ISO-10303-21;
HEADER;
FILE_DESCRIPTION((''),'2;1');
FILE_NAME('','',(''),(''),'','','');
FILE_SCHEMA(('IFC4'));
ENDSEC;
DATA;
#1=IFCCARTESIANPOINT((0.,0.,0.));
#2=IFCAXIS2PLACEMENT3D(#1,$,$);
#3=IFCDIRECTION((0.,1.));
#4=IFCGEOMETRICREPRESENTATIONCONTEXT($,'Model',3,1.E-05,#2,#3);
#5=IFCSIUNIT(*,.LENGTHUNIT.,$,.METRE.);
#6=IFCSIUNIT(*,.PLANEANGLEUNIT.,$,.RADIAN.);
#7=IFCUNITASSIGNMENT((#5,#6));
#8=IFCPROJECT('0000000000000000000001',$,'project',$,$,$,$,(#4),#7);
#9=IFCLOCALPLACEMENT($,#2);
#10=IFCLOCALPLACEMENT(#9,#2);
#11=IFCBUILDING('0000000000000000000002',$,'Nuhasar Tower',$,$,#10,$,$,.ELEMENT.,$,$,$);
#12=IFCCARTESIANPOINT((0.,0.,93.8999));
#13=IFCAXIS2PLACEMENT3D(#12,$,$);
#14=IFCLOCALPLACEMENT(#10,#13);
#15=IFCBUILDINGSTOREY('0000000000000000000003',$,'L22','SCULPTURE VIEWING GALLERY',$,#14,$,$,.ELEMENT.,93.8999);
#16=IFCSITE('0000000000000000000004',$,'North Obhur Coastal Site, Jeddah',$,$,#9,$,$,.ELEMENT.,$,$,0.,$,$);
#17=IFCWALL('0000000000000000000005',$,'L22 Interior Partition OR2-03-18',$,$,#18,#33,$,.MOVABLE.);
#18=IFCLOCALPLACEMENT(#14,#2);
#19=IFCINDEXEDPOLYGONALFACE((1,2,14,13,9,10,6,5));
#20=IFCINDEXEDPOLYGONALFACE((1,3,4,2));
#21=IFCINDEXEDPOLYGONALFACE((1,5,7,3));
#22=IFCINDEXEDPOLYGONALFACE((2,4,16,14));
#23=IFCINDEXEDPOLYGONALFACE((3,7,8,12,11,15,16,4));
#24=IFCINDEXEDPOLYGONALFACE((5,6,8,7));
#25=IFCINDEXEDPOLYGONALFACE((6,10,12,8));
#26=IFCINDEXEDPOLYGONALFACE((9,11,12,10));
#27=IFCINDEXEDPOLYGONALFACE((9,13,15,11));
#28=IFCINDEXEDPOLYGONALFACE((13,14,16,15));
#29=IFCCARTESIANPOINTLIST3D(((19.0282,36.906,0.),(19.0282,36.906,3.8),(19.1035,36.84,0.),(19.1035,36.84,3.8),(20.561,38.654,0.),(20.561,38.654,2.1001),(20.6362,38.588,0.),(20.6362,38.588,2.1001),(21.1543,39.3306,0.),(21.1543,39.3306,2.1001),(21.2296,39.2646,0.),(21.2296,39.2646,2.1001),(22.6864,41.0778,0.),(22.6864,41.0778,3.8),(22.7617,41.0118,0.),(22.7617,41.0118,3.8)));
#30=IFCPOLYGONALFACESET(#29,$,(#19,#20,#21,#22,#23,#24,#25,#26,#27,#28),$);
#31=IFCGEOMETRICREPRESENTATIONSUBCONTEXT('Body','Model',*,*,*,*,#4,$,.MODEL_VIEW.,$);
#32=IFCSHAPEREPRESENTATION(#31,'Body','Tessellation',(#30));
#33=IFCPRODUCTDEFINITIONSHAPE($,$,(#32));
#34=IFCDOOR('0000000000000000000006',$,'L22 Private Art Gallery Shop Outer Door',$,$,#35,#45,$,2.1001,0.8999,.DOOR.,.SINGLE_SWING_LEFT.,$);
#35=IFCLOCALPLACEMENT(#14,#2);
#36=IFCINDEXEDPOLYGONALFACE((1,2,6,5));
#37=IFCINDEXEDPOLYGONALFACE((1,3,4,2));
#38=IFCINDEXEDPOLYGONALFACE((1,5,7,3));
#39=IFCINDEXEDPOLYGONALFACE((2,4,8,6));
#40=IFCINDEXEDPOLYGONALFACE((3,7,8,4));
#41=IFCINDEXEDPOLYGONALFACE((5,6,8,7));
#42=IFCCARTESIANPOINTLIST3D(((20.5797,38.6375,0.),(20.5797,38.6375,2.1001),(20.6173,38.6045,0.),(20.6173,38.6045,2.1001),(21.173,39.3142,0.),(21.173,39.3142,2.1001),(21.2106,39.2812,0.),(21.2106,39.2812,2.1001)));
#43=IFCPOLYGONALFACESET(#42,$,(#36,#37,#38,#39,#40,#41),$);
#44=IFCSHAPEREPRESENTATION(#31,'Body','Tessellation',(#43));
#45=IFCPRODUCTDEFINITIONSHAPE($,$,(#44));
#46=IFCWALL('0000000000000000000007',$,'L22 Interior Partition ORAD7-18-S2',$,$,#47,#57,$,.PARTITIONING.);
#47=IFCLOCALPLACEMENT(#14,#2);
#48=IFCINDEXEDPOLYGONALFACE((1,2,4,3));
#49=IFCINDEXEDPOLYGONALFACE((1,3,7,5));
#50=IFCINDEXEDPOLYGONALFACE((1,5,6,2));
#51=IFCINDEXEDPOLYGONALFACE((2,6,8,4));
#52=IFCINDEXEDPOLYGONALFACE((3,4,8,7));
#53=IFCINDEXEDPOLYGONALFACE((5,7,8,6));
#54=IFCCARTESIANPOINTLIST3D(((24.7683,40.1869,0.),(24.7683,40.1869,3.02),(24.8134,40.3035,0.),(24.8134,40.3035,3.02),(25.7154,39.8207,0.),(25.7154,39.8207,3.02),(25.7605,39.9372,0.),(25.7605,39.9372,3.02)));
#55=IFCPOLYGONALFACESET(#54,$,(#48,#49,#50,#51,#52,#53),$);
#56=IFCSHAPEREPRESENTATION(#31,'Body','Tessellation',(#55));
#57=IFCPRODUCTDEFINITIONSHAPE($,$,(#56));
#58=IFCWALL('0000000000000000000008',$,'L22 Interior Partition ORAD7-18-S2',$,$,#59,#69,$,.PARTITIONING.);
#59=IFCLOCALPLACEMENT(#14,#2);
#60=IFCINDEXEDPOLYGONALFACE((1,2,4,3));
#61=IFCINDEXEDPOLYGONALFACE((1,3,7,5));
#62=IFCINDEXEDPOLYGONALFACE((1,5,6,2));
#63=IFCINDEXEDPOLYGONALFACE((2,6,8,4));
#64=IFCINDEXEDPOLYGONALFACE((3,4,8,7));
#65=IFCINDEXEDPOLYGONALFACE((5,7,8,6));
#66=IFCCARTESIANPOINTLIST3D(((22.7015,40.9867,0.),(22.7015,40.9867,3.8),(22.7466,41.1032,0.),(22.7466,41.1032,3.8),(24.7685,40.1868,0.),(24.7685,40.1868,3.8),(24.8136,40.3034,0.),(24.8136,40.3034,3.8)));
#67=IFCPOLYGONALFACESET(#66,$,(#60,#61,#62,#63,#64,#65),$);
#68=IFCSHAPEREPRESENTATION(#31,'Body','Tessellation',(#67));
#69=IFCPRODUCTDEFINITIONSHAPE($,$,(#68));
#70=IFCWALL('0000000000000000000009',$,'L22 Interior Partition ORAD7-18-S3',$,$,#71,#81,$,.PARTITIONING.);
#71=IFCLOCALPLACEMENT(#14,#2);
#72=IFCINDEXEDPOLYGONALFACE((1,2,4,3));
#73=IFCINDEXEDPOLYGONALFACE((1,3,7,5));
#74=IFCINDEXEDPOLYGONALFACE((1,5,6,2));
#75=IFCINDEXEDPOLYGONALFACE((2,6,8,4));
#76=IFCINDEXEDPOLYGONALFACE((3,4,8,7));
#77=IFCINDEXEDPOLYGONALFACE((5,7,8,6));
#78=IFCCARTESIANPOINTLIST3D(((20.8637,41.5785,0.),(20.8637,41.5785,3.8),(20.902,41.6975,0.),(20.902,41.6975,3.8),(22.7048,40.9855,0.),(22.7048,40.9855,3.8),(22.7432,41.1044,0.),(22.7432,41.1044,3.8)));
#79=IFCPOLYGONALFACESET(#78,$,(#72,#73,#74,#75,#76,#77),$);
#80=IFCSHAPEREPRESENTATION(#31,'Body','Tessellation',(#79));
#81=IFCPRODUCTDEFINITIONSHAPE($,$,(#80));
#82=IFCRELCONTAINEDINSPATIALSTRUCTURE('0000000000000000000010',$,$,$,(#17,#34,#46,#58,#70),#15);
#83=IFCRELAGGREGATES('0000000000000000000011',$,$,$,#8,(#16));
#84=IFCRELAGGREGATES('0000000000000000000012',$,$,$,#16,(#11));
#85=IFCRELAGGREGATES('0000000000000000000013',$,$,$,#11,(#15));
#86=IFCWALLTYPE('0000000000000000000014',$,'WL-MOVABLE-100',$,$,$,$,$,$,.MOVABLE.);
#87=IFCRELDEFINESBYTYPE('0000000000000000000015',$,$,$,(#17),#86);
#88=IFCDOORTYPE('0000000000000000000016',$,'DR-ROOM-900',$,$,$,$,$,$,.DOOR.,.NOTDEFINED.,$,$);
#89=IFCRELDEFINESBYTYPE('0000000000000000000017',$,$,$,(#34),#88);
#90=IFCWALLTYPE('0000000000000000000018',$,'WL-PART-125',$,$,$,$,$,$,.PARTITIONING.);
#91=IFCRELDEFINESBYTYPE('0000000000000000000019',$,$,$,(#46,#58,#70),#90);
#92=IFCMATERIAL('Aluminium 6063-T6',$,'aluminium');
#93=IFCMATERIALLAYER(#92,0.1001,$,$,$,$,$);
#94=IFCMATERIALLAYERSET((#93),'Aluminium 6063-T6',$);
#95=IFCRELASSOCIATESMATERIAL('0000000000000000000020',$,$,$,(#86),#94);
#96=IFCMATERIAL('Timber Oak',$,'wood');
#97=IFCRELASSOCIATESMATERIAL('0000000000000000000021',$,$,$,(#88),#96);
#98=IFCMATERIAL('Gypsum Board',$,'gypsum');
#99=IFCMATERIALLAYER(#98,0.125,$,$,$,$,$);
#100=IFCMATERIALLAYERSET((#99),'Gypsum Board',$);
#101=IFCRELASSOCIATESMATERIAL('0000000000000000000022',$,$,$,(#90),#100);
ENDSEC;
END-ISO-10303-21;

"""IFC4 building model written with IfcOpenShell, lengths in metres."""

from ifc_helpers import new_model, si_unit, direction, frame, frame_2d, origin, place, context, subcontext, project, spatial, rectangle, extrude, material, layer, layer_set, type_object, element, fill, save


model = new_model("IFC4")

# Units and contexts
model_context = context("Model", 3, precision=1e-05, world=origin(), true_north=direction((0.0, 1.0)))
body_context = subcontext(model_context, "Body", "Model", "MODEL_VIEW")
ifc_project = project(units=[si_unit("LENGTHUNIT", "METRE"), si_unit("PLANEANGLEUNIT", "RADIAN")], contexts=[model_context])

# Site, building, storey
site_placement = place(None, origin())
site = spatial("IfcSite", under=ifc_project, at=site_placement, Name="North Obhur Coastal Site, Jeddah", CompositionType="ELEMENT", RefElevation=0.0)
building_placement = place(site_placement, origin())
building = spatial("IfcBuilding", under=site, at=building_placement, Name="Nuhasar Tower", CompositionType="ELEMENT")
storey_placement = place(building_placement, frame((0.0, 0.0, 93.8999)))
storey = spatial("IfcBuildingStorey", under=building, at=storey_placement, Name="L22", Description="SCULPTURE VIEWING GALLERY", CompositionType="ELEMENT", Elevation=93.8999)

# Shared definitions
ifc_material_1 = material(Name="Aluminium 6063-T6", Category="aluminium")

# Shared definitions
ifc_layer_1 = layer(ifc_material_1, 0.1001)
ifc_layer_set_1 = layer_set([ifc_layer_1], Name="Aluminium 6063-T6")
wall_type_1 = type_object("IfcWallType", Name="WL-MOVABLE-100", PredefinedType="MOVABLE", material=ifc_layer_set_1)

# Wall, opening, door
wall_1_placement = place(storey_placement, frame((22.7241, 41.0449, 0.0), z_axis=(0.0, 0.0, 1.0), x_axis=(-0.659302, -0.751878, 0.0)))
wall_1 = element("IfcWall", 1, at=wall_1_placement, inside=storey, type_object=wall_type_1, Name="L22 Interior Partition OR2-03-18", PredefinedType="MOVABLE", context=body_context, shape_type="SweptSolid", body=[
    extrude(rectangle(XDim=5.5486, YDim=0.1001, at=frame_2d((2.7744, 0.0))), origin(), (0.0, 0.0, 1.0), 3.8),
])
opening_placement = place(wall_1_placement, frame((2.324, 0.0, 0.0)))
opening = element("IfcOpeningElement", 2, at=opening_placement, cuts=wall_1, PredefinedType="OPENING", context=body_context, shape_type="SweptSolid", body=[
    extrude(rectangle(XDim=0.8999, YDim=2.1001, at=frame_2d((0.45, 1.05))), frame((0.0, 0.0601, 0.0), z_axis=(0.0, -1.0, 0.0), x_axis=(1.0, 0.0, 0.0)), (0.0, 0.0, 1.0), 0.1201),
])
ifc_material_2 = material(Name="Timber Oak", Category="wood")
door_type = type_object("IfcDoorType", Name="DR-ROOM-900", OperationType="NOTDEFINED", PredefinedType="DOOR", material=ifc_material_2)
door_placement = place(opening_placement, origin())
door = element("IfcDoor", 3, at=door_placement, inside=storey, type_object=door_type, Name="L22 Private Art Gallery Shop Outer Door", OperationType="SINGLE_SWING_LEFT", OverallHeight=2.1001, OverallWidth=0.8999, PredefinedType="DOOR", context=body_context, shape_type="SweptSolid", body=[
    extrude(rectangle(XDim=0.8999, YDim=2.1001, at=frame_2d((0.45, 1.05))), frame((0.0, 0.0249, 0.0), z_axis=(0.0, -1.0, 0.0), x_axis=(1.0, 0.0, 0.0)), (0.0, 0.0, 1.0), 0.05),
])
fill(opening, door)

# Walls
ifc_material_3 = material(Name="Gypsum Board", Category="gypsum")
ifc_layer_2 = layer(ifc_material_3, 0.125)
ifc_layer_set_2 = layer_set([ifc_layer_2], Name="Gypsum Board")
wall_type_2 = type_object("IfcWallType", Name="WL-PART-125", PredefinedType="PARTITIONING", material=ifc_layer_set_2)
wall_2_placement = place(storey_placement, frame((25.738, 39.8789, 0.0), z_axis=(0.0, 0.0, 1.0), x_axis=(-0.932693, 0.36067, 0.0)))
element("IfcWall", 4, at=wall_2_placement, inside=storey, type_object=wall_type_2, Name="L22 Interior Partition ORAD7-18-S2", PredefinedType="PARTITIONING", context=body_context, shape_type="SweptSolid", body=[
    extrude(rectangle(XDim=1.0154, YDim=0.125, at=frame_2d((0.5078, 0.0))), origin(), (0.0, 0.0, 1.0), 3.02),
])
wall_3_placement = place(storey_placement, frame((24.791, 40.2451, 0.0), z_axis=(0.0, 0.0, 1.0), x_axis=(-0.932611, 0.360883, 0.0)))
element("IfcWall", 5, at=wall_3_placement, inside=storey, type_object=wall_type_2, Name="L22 Interior Partition ORAD7-18-S2", PredefinedType="PARTITIONING", context=body_context, shape_type="SweptSolid", body=[
    extrude(rectangle(XDim=2.2163, YDim=0.125, at=frame_2d((1.1082, 0.0))), origin(), (0.0, 0.0, 1.0), 3.8),
])
wall_4_placement = place(storey_placement, frame((22.7241, 41.0449, 0.0), z_axis=(0.0, 0.0, 1.0), x_axis=(-0.951841, 0.306593, 0.0)))
element("IfcWall", 6, at=wall_4_placement, inside=storey, type_object=wall_type_2, Name="L22 Interior Partition ORAD7-18-S3", PredefinedType="PARTITIONING", context=body_context, shape_type="SweptSolid", body=[
    extrude(rectangle(XDim=1.9343, YDim=0.125, at=frame_2d((0.9673, 0.0))), origin(), (0.0, 0.0, 1.0), 3.8),
])

save(model, "model.ifc")
